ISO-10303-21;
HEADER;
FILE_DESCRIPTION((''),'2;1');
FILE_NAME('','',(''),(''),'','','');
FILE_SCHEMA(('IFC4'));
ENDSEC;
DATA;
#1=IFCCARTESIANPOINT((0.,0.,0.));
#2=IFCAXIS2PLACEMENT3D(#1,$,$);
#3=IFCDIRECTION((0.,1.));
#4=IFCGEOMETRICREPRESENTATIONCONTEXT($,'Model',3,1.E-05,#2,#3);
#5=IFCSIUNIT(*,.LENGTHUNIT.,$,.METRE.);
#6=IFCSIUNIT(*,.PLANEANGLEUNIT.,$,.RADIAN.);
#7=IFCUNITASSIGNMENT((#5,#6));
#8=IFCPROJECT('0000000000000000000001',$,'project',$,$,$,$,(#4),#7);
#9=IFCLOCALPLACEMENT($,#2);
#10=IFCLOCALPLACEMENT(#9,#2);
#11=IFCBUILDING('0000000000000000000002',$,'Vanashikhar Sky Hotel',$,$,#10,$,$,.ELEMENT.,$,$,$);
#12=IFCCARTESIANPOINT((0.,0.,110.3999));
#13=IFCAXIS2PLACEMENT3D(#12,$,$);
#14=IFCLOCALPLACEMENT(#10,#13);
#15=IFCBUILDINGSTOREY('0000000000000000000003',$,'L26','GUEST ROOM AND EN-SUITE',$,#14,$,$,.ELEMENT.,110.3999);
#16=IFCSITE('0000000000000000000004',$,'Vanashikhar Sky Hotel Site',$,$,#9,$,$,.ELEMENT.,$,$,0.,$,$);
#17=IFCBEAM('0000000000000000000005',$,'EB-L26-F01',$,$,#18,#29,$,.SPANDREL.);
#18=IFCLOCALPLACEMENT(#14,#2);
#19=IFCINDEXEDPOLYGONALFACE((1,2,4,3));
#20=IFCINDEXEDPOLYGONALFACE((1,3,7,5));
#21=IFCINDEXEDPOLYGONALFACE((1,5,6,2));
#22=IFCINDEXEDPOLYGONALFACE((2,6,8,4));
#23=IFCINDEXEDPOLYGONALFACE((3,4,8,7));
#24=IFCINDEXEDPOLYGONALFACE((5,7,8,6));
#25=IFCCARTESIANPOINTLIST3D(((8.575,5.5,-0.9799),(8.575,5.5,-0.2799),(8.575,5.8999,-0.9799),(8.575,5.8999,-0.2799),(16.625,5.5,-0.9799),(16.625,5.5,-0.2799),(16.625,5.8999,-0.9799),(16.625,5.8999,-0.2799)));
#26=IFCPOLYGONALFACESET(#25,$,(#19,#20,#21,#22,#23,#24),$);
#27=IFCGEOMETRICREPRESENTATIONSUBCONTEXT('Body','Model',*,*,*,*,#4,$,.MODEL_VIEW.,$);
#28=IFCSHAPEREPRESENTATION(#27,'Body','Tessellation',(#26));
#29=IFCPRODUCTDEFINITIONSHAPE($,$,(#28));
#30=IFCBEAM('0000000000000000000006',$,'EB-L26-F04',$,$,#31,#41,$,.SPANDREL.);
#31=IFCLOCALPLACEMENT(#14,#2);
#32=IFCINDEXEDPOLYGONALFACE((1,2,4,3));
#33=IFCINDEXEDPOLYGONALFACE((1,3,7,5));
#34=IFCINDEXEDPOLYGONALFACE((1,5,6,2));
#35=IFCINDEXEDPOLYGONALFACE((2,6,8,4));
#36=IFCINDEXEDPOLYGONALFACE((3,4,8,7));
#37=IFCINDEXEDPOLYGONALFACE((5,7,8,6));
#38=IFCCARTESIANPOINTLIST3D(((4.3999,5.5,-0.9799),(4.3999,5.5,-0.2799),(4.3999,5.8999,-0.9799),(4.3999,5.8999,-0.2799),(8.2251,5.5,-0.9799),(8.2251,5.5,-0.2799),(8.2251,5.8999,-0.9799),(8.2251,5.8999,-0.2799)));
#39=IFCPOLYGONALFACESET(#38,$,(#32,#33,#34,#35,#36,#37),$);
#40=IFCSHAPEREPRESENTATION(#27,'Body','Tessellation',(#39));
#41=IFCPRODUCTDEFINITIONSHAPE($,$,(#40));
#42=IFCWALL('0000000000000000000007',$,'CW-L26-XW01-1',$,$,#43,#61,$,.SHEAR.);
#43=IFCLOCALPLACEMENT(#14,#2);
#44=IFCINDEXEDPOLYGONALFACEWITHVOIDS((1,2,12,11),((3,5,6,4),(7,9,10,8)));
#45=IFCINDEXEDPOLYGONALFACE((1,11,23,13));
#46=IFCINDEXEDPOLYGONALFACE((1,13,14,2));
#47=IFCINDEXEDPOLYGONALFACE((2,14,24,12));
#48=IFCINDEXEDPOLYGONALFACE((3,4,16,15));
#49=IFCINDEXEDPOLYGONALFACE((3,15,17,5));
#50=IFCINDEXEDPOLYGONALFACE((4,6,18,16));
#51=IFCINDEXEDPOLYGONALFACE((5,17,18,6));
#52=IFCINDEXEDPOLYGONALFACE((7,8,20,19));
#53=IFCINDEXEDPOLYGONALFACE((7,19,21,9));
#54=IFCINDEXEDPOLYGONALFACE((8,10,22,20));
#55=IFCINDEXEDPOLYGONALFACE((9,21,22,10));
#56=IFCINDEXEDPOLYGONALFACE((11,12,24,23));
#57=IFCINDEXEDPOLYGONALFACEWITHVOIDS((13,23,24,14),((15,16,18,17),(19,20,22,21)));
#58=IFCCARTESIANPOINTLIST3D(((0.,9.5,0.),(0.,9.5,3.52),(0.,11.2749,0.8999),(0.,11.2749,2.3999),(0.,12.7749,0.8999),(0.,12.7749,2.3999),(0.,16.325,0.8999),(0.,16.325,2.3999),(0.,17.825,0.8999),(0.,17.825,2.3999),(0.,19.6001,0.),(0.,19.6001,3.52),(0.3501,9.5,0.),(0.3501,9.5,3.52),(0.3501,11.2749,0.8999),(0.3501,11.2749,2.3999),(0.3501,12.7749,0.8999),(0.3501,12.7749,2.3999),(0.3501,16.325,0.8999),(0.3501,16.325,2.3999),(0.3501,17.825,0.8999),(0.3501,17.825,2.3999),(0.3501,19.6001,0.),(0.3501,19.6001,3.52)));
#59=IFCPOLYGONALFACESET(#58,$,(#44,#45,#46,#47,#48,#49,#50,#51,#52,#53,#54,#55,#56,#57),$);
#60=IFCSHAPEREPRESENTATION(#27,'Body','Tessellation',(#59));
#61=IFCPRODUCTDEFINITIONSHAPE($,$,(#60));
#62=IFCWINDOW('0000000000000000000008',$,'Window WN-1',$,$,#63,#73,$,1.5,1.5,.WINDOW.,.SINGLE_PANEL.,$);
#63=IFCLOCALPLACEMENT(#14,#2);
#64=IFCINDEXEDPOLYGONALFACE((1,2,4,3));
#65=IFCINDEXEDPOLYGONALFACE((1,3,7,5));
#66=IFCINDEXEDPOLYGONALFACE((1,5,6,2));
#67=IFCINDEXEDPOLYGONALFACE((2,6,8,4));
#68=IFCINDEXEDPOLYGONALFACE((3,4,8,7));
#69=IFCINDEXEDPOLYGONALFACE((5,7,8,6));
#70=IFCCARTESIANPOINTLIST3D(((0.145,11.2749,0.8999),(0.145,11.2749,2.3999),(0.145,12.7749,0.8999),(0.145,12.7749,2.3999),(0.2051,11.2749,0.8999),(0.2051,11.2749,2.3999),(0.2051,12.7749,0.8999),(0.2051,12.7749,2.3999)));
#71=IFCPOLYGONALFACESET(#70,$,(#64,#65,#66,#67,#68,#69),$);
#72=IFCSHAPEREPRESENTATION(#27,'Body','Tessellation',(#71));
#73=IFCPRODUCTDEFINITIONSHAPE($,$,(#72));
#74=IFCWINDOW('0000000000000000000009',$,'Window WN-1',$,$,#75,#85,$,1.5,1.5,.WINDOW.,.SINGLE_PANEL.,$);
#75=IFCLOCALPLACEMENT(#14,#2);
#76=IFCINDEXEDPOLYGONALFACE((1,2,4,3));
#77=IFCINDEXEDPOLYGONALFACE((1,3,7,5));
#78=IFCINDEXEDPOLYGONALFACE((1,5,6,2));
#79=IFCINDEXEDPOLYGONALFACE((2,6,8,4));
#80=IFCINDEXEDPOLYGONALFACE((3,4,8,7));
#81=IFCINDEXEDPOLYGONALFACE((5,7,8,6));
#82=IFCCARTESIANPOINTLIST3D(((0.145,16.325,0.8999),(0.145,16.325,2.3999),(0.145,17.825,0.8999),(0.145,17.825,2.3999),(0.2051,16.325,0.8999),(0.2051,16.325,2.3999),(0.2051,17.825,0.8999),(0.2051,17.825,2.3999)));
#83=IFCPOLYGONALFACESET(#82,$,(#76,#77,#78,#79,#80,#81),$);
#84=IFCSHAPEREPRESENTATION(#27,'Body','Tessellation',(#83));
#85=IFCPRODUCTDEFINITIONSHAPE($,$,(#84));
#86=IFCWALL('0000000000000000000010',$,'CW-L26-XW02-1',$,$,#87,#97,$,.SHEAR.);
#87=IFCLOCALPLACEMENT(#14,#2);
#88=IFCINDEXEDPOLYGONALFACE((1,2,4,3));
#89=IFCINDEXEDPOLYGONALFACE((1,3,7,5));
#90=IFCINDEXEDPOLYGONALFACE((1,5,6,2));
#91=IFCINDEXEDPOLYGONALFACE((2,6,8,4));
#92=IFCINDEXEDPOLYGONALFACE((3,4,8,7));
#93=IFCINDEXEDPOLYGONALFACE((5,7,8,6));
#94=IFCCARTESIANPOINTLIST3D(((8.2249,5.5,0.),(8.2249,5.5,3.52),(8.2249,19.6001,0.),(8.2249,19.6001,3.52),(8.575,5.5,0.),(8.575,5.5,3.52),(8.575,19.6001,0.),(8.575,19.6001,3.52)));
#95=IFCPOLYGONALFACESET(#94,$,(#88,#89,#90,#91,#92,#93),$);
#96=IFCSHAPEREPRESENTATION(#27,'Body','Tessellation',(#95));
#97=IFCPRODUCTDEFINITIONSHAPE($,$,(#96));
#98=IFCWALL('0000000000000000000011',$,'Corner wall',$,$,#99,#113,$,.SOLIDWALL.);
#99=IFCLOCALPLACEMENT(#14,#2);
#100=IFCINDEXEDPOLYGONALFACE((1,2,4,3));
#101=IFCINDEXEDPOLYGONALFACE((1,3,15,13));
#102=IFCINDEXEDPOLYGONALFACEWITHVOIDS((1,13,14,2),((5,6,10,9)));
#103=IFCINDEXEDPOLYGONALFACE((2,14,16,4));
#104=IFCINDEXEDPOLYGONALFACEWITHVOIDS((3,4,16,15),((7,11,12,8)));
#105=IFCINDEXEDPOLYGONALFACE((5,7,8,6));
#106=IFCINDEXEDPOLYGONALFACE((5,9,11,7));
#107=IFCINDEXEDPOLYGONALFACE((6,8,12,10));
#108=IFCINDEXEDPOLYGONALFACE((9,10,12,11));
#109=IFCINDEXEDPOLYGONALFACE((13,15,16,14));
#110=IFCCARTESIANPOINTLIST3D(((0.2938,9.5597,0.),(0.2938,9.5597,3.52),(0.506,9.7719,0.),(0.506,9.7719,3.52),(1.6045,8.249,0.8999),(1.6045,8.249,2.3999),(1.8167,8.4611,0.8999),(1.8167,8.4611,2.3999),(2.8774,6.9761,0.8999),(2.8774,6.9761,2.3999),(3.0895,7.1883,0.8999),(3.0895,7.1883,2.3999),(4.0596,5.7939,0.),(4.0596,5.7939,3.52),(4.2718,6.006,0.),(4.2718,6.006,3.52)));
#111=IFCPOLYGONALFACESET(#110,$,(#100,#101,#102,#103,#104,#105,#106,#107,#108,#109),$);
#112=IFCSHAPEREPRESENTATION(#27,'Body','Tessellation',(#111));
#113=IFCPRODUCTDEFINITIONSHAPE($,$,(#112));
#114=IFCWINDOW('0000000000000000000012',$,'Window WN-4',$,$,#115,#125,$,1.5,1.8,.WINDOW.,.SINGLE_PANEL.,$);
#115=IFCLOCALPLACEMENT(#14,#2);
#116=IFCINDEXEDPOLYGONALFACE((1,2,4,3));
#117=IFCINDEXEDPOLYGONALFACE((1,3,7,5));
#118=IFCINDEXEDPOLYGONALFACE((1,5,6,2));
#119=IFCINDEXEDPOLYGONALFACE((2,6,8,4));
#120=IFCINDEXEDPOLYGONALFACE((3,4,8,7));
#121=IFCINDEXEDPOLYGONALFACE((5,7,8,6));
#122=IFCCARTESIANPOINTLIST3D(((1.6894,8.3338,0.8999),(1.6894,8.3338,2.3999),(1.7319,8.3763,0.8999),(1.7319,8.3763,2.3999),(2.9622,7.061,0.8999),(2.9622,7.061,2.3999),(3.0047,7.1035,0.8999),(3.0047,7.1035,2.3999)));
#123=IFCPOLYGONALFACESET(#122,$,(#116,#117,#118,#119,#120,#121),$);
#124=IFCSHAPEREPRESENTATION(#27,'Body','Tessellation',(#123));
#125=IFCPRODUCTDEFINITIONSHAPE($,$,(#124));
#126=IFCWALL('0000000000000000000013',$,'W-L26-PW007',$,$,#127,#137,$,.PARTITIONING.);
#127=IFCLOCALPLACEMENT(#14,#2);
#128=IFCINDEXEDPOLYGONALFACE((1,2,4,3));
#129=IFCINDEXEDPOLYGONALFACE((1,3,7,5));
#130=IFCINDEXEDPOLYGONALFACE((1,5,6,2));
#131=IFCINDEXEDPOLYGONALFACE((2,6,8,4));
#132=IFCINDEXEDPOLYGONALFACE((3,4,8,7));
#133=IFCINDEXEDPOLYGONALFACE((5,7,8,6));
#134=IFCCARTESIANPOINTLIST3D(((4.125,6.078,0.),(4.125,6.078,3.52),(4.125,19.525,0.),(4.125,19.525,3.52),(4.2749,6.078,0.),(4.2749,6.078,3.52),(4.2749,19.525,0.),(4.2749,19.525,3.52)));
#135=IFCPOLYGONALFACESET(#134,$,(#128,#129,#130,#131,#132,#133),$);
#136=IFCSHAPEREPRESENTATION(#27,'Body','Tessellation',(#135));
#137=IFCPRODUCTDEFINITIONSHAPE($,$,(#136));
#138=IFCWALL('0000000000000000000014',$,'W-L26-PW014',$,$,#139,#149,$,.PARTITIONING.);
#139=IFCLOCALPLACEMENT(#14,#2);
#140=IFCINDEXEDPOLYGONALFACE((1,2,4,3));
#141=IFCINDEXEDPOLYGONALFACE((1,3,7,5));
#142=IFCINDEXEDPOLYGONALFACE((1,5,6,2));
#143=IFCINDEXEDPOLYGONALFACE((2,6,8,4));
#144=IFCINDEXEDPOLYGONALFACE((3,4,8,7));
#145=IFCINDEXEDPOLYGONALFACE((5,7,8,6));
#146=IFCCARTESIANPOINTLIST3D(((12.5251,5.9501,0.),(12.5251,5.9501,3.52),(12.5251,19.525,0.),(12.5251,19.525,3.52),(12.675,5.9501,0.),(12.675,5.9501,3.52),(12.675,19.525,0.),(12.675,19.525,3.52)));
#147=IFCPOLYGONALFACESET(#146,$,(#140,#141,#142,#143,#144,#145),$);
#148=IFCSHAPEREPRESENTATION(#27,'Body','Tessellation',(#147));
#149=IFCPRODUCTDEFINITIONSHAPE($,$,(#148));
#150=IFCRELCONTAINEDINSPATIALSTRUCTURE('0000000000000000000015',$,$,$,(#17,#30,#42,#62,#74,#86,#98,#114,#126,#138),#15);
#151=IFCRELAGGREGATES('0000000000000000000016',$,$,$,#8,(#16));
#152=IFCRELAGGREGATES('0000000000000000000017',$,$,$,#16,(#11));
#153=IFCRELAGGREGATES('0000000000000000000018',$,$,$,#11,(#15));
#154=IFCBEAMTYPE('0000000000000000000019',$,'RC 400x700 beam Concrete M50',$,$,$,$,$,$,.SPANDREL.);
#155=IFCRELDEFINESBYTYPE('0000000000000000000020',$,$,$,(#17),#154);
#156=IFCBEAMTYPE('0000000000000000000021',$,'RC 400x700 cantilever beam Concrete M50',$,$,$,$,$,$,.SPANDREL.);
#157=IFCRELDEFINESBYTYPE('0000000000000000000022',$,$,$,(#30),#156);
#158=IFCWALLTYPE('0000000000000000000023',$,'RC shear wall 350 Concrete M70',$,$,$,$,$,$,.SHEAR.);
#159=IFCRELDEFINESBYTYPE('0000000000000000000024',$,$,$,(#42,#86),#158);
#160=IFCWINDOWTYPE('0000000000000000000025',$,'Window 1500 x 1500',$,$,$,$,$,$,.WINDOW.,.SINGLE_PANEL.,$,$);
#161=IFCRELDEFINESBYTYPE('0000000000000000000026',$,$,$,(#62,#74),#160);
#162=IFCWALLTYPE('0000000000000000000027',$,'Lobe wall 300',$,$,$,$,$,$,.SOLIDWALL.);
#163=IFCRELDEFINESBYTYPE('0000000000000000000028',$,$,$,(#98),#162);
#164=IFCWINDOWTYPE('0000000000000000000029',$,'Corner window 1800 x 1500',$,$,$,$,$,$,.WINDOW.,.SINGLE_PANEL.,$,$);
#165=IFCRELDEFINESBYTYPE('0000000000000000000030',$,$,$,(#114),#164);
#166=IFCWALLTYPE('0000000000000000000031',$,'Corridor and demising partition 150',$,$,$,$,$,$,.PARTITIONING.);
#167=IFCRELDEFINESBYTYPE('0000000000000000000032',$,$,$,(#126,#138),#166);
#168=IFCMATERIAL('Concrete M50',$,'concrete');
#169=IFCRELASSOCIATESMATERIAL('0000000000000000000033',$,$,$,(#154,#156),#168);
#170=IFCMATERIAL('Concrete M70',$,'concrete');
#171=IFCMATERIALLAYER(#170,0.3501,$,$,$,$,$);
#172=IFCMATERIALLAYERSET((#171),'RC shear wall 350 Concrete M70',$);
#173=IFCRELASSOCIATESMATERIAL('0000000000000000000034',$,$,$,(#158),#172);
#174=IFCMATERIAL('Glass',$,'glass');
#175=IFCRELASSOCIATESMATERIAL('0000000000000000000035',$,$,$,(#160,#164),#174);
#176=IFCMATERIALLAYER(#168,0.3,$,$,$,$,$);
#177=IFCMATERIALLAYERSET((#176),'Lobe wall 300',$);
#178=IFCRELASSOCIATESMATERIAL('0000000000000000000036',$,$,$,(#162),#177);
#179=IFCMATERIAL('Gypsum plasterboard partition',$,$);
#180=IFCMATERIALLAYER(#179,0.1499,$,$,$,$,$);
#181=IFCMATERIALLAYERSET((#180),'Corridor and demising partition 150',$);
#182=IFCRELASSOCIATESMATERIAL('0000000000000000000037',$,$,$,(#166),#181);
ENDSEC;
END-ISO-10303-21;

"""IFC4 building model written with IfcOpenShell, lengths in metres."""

from ifc_helpers import new_model, si_unit, direction, frame, frame_2d, origin, origin_2d, place, context, subcontext, project, spatial, rectangle, extrude, source, transform, mapped, material, layer, layer_set, material_profile, profile_set, type_object, element, fill, save


model = new_model("IFC4")

# Units and contexts
model_context = context("Model", 3, precision=1e-05, world=origin(), true_north=direction((0.0, 1.0)))
body_context = subcontext(model_context, "Body", "Model", "MODEL_VIEW")
ifc_project = project(units=[si_unit("LENGTHUNIT", "METRE"), si_unit("PLANEANGLEUNIT", "RADIAN")], contexts=[model_context])

# Site, building, storey
site_placement = place(None, origin())
site = spatial("IfcSite", under=ifc_project, at=site_placement, Name="Vanashikhar Sky Hotel Site", CompositionType="ELEMENT", RefElevation=0.0)
building_placement = place(site_placement, origin())
building = spatial("IfcBuilding", under=site, at=building_placement, Name="Vanashikhar Sky Hotel", CompositionType="ELEMENT")
storey_placement = place(building_placement, frame((0.0, 0.0, 110.3999)))
storey = spatial("IfcBuildingStorey", under=building, at=storey_placement, Name="L26", Description="GUEST ROOM AND EN-SUITE", CompositionType="ELEMENT", Elevation=110.3999)

# Beams
ifc_material_1 = material(Name="Concrete M50", Category="concrete")
ifc_material_profile_1 = material_profile(ifc_material_1, rectangle(XDim=0.3999, YDim=0.7, at=origin_2d()))
ifc_profile_set_1 = profile_set([ifc_material_profile_1], Name="RC 400x700 beam Concrete M50")
beam_type_1 = type_object("IfcBeamType", Name="RC 400x700 beam Concrete M50", PredefinedType="SPANDREL", material=ifc_profile_set_1)
shared_shape_1 = source(origin(), body_context, "Body", "SweptSolid", [
    extrude(rectangle(XDim=0.3999, YDim=0.7, at=origin_2d()), origin(), (0.0, 0.0, 1.0), 8.05),
])
beam_1_placement = place(storey_placement, frame((8.575, 5.7, -0.6299), z_axis=(1.0, 0.0, 0.0), x_axis=(0.0, 1.0, 0.0)))
element("IfcBeam", 1, at=beam_1_placement, inside=storey, type_object=beam_type_1, Name="EB-L26-F01", PredefinedType="SPANDREL", context=body_context, shape_type="MappedRepresentation", body=[
    mapped(shared_shape_1, transform((0.0, 0.0, 0.0), scale=1.0)),
])
ifc_material_profile_2 = material_profile(ifc_material_1, rectangle(XDim=0.3999, YDim=0.7, at=origin_2d()))
ifc_profile_set_2 = profile_set([ifc_material_profile_2], Name="RC 400x700 cantilever beam Concrete M50")
beam_type_2 = type_object("IfcBeamType", Name="RC 400x700 cantilever beam Concrete M50", PredefinedType="SPANDREL", material=ifc_profile_set_2)
shared_shape_2 = source(origin(), body_context, "Body", "SweptSolid", [
    extrude(rectangle(XDim=0.3999, YDim=0.7, at=origin_2d()), origin(), (0.0, 0.0, 1.0), 3.8252),
])
beam_2_placement = place(storey_placement, frame((4.3999, 5.7, -0.6299), z_axis=(1.0, 0.0, 0.0), x_axis=(0.0, 1.0, 0.0)))
element("IfcBeam", 2, at=beam_2_placement, inside=storey, type_object=beam_type_2, Name="EB-L26-F04", PredefinedType="SPANDREL", context=body_context, shape_type="MappedRepresentation", body=[
    mapped(shared_shape_2, transform((0.0, 0.0, 0.0), scale=1.0)),
])

# Wall, openings, windows
ifc_material_2 = material(Name="Concrete M70", Category="concrete")
ifc_layer_1 = layer(ifc_material_2, 0.3501)
ifc_layer_set_1 = layer_set([ifc_layer_1], Name="RC shear wall 350 Concrete M70")
wall_type_1 = type_object("IfcWallType", Name="RC shear wall 350 Concrete M70", PredefinedType="SHEAR", material=ifc_layer_set_1)
shared_shape_3 = source(origin(), body_context, "Body", "SweptSolid", [
    extrude(rectangle(XDim=10.1001, YDim=0.3501, at=frame_2d((5.05, 0.0))), origin(), (0.0, 0.0, 1.0), 3.52),
])
wall_1_placement = place(storey_placement, frame((0.175, 9.5, 0.0), z_axis=(0.0, 0.0, 1.0), x_axis=(0.0, 1.0, 0.0)))
wall_1 = element("IfcWall", 3, at=wall_1_placement, inside=storey, type_object=wall_type_1, Name="CW-L26-XW01-1", PredefinedType="SHEAR", context=body_context, shape_type="MappedRepresentation", body=[
    mapped(shared_shape_3, transform((0.0, 0.0, 0.0), scale=1.0)),
])
shared_shape_4 = source(origin(), body_context, "Body", "SweptSolid", [
    extrude(rectangle(XDim=1.5, YDim=1.5, at=frame_2d((0.75, 0.75))), frame((0.0, 0.1851, 0.0), z_axis=(0.0, -1.0, 0.0), x_axis=(1.0, 0.0, 0.0)), (0.0, 0.0, 1.0), 0.3701),
])
opening_1_placement = place(wall_1_placement, frame((1.7749, 0.0, 0.8999)))
opening_1 = element("IfcOpeningElement", 4, at=opening_1_placement, cuts=wall_1, PredefinedType="OPENING", context=body_context, shape_type="MappedRepresentation", body=[
    mapped(shared_shape_4, transform((0.0, 0.0, 0.0), scale=1.0)),
])
opening_2_placement = place(wall_1_placement, frame((6.825, 0.0, 0.8999)))
opening_2 = element("IfcOpeningElement", 5, at=opening_2_placement, cuts=wall_1, PredefinedType="OPENING", context=body_context, shape_type="MappedRepresentation", body=[
    mapped(shared_shape_4, transform((0.0, 0.0, 0.0), scale=1.0)),
])
ifc_material_3 = material(Name="Glass", Category="glass")
window_type_1 = type_object("IfcWindowType", Name="Window 1500 x 1500", PartitioningType="SINGLE_PANEL", PredefinedType="WINDOW", material=ifc_material_3)
shared_shape_5 = source(origin(), body_context, "Body", "SweptSolid", [
    extrude(rectangle(XDim=1.5, YDim=1.5, at=frame_2d((0.75, 0.75))), frame((0.0, 0.03, 0.0), z_axis=(0.0, -1.0, 0.0), x_axis=(1.0, 0.0, 0.0)), (0.0, 0.0, 1.0), 0.0601),
])
window_1_placement = place(opening_1_placement, origin())
window_1 = element("IfcWindow", 6, at=window_1_placement, inside=storey, type_object=window_type_1, Name="Window WN-1", OverallHeight=1.5, OverallWidth=1.5, PartitioningType="SINGLE_PANEL", PredefinedType="WINDOW", context=body_context, shape_type="MappedRepresentation", body=[
    mapped(shared_shape_5, transform((0.0, 0.0, 0.0), scale=1.0)),
])
fill(opening_1, window_1)
window_2_placement = place(opening_2_placement, origin())
window_2 = element("IfcWindow", 7, at=window_2_placement, inside=storey, type_object=window_type_1, Name="Window WN-1", OverallHeight=1.5, OverallWidth=1.5, PartitioningType="SINGLE_PANEL", PredefinedType="WINDOW", context=body_context, shape_type="MappedRepresentation", body=[
    mapped(shared_shape_5, transform((0.0, 0.0, 0.0), scale=1.0)),
])
fill(opening_2, window_2)

# Wall
shared_shape_6 = source(origin(), body_context, "Body", "SweptSolid", [
    extrude(rectangle(XDim=14.1001, YDim=0.3501, at=frame_2d((7.05, 0.0))), origin(), (0.0, 0.0, 1.0), 3.52),
])
wall_2_placement = place(storey_placement, frame((8.3999, 5.5, 0.0), z_axis=(0.0, 0.0, 1.0), x_axis=(0.0, 1.0, 0.0)))
element("IfcWall", 8, at=wall_2_placement, inside=storey, type_object=wall_type_1, Name="CW-L26-XW02-1", PredefinedType="SHEAR", context=body_context, shape_type="MappedRepresentation", body=[
    mapped(shared_shape_6, transform((0.0, 0.0, 0.0), scale=1.0)),
])

# Wall, opening, window
ifc_layer_2 = layer(ifc_material_1, 0.3)
ifc_layer_set_2 = layer_set([ifc_layer_2], Name="Lobe wall 300")
wall_type_2 = type_object("IfcWallType", Name="Lobe wall 300", PredefinedType="SOLIDWALL", material=ifc_layer_set_2)
shared_shape_7 = source(origin(), body_context, "Body", "SweptSolid", [
    extrude(rectangle(XDim=5.3257, YDim=0.3, at=frame_2d((2.6628, 0.0))), origin(), (0.0, 0.0, 1.0), 3.52),
])
wall_3_placement = place(storey_placement, frame((0.3999, 9.6658, 0.0), z_axis=(0.0, 0.0, 1.0), x_axis=(0.707107, -0.707107, 0.0)))
wall_3 = element("IfcWall", 9, at=wall_3_placement, inside=storey, type_object=wall_type_2, Name="Corner wall", PredefinedType="SOLIDWALL", context=body_context, shape_type="MappedRepresentation", body=[
    mapped(shared_shape_7, transform((0.0, 0.0, 0.0), scale=1.0)),
])
shared_shape_8 = source(origin(), body_context, "Body", "SweptSolid", [
    extrude(rectangle(XDim=1.8, YDim=1.5, at=frame_2d((0.8999, 0.75))), frame((0.0, 0.1602, 0.0), z_axis=(0.0, -1.0, 0.0), x_axis=(1.0, 0.0, 0.0)), (0.0, 0.0, 1.0), 0.3201),
])
opening_3_placement = place(wall_3_placement, frame((1.8538, 0.0, 0.8999)))
opening_3 = element("IfcOpeningElement", 10, at=opening_3_placement, cuts=wall_3, PredefinedType="OPENING", context=body_context, shape_type="MappedRepresentation", body=[
    mapped(shared_shape_8, transform((0.0, 0.0, 0.0), scale=1.0)),
])
window_type_2 = type_object("IfcWindowType", Name="Corner window 1800 x 1500", PartitioningType="SINGLE_PANEL", PredefinedType="WINDOW", material=ifc_material_3)
shared_shape_9 = source(origin(), body_context, "Body", "SweptSolid", [
    extrude(rectangle(XDim=1.8, YDim=1.5, at=frame_2d((0.8999, 0.75))), frame((0.0, 0.03, 0.0), z_axis=(0.0, -1.0, 0.0), x_axis=(1.0, 0.0, 0.0)), (0.0, 0.0, 1.0), 0.0601),
])
window_3_placement = place(opening_3_placement, origin())
window_3 = element("IfcWindow", 11, at=window_3_placement, inside=storey, type_object=window_type_2, Name="Window WN-4", OverallHeight=1.5, OverallWidth=1.8, PartitioningType="SINGLE_PANEL", PredefinedType="WINDOW", context=body_context, shape_type="MappedRepresentation", body=[
    mapped(shared_shape_9, transform((0.0, 0.0, 0.0), scale=1.0)),
])
fill(opening_3, window_3)

# Walls
ifc_material_4 = material(Name="Gypsum plasterboard partition")
ifc_layer_3 = layer(ifc_material_4, 0.1499)
ifc_layer_set_3 = layer_set([ifc_layer_3], Name="Corridor and demising partition 150")
wall_type_3 = type_object("IfcWallType", Name="Corridor and demising partition 150", PredefinedType="PARTITIONING", material=ifc_layer_set_3)
shared_shape_10 = source(origin(), body_context, "Body", "SweptSolid", [
    extrude(rectangle(XDim=13.447, YDim=0.1499, at=frame_2d((6.7236, 0.0))), origin(), (0.0, 0.0, 1.0), 3.52),
])
wall_4_placement = place(storey_placement, frame((4.2, 6.0779, 0.0), z_axis=(0.0, 0.0, 1.0), x_axis=(0.0, 1.0, 0.0)))
element("IfcWall", 12, at=wall_4_placement, inside=storey, type_object=wall_type_3, Name="W-L26-PW007", PredefinedType="PARTITIONING", context=body_context, shape_type="MappedRepresentation", body=[
    mapped(shared_shape_10, transform((0.0, 0.0, 0.0), scale=1.0)),
])
shared_shape_11 = source(origin(), body_context, "Body", "SweptSolid", [
    extrude(rectangle(XDim=13.575, YDim=0.1499, at=frame_2d((6.7876, 0.0))), origin(), (0.0, 0.0, 1.0), 3.52),
])
wall_5_placement = place(storey_placement, frame((12.6001, 5.95, 0.0), z_axis=(0.0, 0.0, 1.0), x_axis=(0.0, 1.0, 0.0)))
element("IfcWall", 13, at=wall_5_placement, inside=storey, type_object=wall_type_3, Name="W-L26-PW014", PredefinedType="PARTITIONING", context=body_context, shape_type="MappedRepresentation", body=[
    mapped(shared_shape_11, transform((0.0, 0.0, 0.0), scale=1.0)),
])

save(model, "model.ifc")
